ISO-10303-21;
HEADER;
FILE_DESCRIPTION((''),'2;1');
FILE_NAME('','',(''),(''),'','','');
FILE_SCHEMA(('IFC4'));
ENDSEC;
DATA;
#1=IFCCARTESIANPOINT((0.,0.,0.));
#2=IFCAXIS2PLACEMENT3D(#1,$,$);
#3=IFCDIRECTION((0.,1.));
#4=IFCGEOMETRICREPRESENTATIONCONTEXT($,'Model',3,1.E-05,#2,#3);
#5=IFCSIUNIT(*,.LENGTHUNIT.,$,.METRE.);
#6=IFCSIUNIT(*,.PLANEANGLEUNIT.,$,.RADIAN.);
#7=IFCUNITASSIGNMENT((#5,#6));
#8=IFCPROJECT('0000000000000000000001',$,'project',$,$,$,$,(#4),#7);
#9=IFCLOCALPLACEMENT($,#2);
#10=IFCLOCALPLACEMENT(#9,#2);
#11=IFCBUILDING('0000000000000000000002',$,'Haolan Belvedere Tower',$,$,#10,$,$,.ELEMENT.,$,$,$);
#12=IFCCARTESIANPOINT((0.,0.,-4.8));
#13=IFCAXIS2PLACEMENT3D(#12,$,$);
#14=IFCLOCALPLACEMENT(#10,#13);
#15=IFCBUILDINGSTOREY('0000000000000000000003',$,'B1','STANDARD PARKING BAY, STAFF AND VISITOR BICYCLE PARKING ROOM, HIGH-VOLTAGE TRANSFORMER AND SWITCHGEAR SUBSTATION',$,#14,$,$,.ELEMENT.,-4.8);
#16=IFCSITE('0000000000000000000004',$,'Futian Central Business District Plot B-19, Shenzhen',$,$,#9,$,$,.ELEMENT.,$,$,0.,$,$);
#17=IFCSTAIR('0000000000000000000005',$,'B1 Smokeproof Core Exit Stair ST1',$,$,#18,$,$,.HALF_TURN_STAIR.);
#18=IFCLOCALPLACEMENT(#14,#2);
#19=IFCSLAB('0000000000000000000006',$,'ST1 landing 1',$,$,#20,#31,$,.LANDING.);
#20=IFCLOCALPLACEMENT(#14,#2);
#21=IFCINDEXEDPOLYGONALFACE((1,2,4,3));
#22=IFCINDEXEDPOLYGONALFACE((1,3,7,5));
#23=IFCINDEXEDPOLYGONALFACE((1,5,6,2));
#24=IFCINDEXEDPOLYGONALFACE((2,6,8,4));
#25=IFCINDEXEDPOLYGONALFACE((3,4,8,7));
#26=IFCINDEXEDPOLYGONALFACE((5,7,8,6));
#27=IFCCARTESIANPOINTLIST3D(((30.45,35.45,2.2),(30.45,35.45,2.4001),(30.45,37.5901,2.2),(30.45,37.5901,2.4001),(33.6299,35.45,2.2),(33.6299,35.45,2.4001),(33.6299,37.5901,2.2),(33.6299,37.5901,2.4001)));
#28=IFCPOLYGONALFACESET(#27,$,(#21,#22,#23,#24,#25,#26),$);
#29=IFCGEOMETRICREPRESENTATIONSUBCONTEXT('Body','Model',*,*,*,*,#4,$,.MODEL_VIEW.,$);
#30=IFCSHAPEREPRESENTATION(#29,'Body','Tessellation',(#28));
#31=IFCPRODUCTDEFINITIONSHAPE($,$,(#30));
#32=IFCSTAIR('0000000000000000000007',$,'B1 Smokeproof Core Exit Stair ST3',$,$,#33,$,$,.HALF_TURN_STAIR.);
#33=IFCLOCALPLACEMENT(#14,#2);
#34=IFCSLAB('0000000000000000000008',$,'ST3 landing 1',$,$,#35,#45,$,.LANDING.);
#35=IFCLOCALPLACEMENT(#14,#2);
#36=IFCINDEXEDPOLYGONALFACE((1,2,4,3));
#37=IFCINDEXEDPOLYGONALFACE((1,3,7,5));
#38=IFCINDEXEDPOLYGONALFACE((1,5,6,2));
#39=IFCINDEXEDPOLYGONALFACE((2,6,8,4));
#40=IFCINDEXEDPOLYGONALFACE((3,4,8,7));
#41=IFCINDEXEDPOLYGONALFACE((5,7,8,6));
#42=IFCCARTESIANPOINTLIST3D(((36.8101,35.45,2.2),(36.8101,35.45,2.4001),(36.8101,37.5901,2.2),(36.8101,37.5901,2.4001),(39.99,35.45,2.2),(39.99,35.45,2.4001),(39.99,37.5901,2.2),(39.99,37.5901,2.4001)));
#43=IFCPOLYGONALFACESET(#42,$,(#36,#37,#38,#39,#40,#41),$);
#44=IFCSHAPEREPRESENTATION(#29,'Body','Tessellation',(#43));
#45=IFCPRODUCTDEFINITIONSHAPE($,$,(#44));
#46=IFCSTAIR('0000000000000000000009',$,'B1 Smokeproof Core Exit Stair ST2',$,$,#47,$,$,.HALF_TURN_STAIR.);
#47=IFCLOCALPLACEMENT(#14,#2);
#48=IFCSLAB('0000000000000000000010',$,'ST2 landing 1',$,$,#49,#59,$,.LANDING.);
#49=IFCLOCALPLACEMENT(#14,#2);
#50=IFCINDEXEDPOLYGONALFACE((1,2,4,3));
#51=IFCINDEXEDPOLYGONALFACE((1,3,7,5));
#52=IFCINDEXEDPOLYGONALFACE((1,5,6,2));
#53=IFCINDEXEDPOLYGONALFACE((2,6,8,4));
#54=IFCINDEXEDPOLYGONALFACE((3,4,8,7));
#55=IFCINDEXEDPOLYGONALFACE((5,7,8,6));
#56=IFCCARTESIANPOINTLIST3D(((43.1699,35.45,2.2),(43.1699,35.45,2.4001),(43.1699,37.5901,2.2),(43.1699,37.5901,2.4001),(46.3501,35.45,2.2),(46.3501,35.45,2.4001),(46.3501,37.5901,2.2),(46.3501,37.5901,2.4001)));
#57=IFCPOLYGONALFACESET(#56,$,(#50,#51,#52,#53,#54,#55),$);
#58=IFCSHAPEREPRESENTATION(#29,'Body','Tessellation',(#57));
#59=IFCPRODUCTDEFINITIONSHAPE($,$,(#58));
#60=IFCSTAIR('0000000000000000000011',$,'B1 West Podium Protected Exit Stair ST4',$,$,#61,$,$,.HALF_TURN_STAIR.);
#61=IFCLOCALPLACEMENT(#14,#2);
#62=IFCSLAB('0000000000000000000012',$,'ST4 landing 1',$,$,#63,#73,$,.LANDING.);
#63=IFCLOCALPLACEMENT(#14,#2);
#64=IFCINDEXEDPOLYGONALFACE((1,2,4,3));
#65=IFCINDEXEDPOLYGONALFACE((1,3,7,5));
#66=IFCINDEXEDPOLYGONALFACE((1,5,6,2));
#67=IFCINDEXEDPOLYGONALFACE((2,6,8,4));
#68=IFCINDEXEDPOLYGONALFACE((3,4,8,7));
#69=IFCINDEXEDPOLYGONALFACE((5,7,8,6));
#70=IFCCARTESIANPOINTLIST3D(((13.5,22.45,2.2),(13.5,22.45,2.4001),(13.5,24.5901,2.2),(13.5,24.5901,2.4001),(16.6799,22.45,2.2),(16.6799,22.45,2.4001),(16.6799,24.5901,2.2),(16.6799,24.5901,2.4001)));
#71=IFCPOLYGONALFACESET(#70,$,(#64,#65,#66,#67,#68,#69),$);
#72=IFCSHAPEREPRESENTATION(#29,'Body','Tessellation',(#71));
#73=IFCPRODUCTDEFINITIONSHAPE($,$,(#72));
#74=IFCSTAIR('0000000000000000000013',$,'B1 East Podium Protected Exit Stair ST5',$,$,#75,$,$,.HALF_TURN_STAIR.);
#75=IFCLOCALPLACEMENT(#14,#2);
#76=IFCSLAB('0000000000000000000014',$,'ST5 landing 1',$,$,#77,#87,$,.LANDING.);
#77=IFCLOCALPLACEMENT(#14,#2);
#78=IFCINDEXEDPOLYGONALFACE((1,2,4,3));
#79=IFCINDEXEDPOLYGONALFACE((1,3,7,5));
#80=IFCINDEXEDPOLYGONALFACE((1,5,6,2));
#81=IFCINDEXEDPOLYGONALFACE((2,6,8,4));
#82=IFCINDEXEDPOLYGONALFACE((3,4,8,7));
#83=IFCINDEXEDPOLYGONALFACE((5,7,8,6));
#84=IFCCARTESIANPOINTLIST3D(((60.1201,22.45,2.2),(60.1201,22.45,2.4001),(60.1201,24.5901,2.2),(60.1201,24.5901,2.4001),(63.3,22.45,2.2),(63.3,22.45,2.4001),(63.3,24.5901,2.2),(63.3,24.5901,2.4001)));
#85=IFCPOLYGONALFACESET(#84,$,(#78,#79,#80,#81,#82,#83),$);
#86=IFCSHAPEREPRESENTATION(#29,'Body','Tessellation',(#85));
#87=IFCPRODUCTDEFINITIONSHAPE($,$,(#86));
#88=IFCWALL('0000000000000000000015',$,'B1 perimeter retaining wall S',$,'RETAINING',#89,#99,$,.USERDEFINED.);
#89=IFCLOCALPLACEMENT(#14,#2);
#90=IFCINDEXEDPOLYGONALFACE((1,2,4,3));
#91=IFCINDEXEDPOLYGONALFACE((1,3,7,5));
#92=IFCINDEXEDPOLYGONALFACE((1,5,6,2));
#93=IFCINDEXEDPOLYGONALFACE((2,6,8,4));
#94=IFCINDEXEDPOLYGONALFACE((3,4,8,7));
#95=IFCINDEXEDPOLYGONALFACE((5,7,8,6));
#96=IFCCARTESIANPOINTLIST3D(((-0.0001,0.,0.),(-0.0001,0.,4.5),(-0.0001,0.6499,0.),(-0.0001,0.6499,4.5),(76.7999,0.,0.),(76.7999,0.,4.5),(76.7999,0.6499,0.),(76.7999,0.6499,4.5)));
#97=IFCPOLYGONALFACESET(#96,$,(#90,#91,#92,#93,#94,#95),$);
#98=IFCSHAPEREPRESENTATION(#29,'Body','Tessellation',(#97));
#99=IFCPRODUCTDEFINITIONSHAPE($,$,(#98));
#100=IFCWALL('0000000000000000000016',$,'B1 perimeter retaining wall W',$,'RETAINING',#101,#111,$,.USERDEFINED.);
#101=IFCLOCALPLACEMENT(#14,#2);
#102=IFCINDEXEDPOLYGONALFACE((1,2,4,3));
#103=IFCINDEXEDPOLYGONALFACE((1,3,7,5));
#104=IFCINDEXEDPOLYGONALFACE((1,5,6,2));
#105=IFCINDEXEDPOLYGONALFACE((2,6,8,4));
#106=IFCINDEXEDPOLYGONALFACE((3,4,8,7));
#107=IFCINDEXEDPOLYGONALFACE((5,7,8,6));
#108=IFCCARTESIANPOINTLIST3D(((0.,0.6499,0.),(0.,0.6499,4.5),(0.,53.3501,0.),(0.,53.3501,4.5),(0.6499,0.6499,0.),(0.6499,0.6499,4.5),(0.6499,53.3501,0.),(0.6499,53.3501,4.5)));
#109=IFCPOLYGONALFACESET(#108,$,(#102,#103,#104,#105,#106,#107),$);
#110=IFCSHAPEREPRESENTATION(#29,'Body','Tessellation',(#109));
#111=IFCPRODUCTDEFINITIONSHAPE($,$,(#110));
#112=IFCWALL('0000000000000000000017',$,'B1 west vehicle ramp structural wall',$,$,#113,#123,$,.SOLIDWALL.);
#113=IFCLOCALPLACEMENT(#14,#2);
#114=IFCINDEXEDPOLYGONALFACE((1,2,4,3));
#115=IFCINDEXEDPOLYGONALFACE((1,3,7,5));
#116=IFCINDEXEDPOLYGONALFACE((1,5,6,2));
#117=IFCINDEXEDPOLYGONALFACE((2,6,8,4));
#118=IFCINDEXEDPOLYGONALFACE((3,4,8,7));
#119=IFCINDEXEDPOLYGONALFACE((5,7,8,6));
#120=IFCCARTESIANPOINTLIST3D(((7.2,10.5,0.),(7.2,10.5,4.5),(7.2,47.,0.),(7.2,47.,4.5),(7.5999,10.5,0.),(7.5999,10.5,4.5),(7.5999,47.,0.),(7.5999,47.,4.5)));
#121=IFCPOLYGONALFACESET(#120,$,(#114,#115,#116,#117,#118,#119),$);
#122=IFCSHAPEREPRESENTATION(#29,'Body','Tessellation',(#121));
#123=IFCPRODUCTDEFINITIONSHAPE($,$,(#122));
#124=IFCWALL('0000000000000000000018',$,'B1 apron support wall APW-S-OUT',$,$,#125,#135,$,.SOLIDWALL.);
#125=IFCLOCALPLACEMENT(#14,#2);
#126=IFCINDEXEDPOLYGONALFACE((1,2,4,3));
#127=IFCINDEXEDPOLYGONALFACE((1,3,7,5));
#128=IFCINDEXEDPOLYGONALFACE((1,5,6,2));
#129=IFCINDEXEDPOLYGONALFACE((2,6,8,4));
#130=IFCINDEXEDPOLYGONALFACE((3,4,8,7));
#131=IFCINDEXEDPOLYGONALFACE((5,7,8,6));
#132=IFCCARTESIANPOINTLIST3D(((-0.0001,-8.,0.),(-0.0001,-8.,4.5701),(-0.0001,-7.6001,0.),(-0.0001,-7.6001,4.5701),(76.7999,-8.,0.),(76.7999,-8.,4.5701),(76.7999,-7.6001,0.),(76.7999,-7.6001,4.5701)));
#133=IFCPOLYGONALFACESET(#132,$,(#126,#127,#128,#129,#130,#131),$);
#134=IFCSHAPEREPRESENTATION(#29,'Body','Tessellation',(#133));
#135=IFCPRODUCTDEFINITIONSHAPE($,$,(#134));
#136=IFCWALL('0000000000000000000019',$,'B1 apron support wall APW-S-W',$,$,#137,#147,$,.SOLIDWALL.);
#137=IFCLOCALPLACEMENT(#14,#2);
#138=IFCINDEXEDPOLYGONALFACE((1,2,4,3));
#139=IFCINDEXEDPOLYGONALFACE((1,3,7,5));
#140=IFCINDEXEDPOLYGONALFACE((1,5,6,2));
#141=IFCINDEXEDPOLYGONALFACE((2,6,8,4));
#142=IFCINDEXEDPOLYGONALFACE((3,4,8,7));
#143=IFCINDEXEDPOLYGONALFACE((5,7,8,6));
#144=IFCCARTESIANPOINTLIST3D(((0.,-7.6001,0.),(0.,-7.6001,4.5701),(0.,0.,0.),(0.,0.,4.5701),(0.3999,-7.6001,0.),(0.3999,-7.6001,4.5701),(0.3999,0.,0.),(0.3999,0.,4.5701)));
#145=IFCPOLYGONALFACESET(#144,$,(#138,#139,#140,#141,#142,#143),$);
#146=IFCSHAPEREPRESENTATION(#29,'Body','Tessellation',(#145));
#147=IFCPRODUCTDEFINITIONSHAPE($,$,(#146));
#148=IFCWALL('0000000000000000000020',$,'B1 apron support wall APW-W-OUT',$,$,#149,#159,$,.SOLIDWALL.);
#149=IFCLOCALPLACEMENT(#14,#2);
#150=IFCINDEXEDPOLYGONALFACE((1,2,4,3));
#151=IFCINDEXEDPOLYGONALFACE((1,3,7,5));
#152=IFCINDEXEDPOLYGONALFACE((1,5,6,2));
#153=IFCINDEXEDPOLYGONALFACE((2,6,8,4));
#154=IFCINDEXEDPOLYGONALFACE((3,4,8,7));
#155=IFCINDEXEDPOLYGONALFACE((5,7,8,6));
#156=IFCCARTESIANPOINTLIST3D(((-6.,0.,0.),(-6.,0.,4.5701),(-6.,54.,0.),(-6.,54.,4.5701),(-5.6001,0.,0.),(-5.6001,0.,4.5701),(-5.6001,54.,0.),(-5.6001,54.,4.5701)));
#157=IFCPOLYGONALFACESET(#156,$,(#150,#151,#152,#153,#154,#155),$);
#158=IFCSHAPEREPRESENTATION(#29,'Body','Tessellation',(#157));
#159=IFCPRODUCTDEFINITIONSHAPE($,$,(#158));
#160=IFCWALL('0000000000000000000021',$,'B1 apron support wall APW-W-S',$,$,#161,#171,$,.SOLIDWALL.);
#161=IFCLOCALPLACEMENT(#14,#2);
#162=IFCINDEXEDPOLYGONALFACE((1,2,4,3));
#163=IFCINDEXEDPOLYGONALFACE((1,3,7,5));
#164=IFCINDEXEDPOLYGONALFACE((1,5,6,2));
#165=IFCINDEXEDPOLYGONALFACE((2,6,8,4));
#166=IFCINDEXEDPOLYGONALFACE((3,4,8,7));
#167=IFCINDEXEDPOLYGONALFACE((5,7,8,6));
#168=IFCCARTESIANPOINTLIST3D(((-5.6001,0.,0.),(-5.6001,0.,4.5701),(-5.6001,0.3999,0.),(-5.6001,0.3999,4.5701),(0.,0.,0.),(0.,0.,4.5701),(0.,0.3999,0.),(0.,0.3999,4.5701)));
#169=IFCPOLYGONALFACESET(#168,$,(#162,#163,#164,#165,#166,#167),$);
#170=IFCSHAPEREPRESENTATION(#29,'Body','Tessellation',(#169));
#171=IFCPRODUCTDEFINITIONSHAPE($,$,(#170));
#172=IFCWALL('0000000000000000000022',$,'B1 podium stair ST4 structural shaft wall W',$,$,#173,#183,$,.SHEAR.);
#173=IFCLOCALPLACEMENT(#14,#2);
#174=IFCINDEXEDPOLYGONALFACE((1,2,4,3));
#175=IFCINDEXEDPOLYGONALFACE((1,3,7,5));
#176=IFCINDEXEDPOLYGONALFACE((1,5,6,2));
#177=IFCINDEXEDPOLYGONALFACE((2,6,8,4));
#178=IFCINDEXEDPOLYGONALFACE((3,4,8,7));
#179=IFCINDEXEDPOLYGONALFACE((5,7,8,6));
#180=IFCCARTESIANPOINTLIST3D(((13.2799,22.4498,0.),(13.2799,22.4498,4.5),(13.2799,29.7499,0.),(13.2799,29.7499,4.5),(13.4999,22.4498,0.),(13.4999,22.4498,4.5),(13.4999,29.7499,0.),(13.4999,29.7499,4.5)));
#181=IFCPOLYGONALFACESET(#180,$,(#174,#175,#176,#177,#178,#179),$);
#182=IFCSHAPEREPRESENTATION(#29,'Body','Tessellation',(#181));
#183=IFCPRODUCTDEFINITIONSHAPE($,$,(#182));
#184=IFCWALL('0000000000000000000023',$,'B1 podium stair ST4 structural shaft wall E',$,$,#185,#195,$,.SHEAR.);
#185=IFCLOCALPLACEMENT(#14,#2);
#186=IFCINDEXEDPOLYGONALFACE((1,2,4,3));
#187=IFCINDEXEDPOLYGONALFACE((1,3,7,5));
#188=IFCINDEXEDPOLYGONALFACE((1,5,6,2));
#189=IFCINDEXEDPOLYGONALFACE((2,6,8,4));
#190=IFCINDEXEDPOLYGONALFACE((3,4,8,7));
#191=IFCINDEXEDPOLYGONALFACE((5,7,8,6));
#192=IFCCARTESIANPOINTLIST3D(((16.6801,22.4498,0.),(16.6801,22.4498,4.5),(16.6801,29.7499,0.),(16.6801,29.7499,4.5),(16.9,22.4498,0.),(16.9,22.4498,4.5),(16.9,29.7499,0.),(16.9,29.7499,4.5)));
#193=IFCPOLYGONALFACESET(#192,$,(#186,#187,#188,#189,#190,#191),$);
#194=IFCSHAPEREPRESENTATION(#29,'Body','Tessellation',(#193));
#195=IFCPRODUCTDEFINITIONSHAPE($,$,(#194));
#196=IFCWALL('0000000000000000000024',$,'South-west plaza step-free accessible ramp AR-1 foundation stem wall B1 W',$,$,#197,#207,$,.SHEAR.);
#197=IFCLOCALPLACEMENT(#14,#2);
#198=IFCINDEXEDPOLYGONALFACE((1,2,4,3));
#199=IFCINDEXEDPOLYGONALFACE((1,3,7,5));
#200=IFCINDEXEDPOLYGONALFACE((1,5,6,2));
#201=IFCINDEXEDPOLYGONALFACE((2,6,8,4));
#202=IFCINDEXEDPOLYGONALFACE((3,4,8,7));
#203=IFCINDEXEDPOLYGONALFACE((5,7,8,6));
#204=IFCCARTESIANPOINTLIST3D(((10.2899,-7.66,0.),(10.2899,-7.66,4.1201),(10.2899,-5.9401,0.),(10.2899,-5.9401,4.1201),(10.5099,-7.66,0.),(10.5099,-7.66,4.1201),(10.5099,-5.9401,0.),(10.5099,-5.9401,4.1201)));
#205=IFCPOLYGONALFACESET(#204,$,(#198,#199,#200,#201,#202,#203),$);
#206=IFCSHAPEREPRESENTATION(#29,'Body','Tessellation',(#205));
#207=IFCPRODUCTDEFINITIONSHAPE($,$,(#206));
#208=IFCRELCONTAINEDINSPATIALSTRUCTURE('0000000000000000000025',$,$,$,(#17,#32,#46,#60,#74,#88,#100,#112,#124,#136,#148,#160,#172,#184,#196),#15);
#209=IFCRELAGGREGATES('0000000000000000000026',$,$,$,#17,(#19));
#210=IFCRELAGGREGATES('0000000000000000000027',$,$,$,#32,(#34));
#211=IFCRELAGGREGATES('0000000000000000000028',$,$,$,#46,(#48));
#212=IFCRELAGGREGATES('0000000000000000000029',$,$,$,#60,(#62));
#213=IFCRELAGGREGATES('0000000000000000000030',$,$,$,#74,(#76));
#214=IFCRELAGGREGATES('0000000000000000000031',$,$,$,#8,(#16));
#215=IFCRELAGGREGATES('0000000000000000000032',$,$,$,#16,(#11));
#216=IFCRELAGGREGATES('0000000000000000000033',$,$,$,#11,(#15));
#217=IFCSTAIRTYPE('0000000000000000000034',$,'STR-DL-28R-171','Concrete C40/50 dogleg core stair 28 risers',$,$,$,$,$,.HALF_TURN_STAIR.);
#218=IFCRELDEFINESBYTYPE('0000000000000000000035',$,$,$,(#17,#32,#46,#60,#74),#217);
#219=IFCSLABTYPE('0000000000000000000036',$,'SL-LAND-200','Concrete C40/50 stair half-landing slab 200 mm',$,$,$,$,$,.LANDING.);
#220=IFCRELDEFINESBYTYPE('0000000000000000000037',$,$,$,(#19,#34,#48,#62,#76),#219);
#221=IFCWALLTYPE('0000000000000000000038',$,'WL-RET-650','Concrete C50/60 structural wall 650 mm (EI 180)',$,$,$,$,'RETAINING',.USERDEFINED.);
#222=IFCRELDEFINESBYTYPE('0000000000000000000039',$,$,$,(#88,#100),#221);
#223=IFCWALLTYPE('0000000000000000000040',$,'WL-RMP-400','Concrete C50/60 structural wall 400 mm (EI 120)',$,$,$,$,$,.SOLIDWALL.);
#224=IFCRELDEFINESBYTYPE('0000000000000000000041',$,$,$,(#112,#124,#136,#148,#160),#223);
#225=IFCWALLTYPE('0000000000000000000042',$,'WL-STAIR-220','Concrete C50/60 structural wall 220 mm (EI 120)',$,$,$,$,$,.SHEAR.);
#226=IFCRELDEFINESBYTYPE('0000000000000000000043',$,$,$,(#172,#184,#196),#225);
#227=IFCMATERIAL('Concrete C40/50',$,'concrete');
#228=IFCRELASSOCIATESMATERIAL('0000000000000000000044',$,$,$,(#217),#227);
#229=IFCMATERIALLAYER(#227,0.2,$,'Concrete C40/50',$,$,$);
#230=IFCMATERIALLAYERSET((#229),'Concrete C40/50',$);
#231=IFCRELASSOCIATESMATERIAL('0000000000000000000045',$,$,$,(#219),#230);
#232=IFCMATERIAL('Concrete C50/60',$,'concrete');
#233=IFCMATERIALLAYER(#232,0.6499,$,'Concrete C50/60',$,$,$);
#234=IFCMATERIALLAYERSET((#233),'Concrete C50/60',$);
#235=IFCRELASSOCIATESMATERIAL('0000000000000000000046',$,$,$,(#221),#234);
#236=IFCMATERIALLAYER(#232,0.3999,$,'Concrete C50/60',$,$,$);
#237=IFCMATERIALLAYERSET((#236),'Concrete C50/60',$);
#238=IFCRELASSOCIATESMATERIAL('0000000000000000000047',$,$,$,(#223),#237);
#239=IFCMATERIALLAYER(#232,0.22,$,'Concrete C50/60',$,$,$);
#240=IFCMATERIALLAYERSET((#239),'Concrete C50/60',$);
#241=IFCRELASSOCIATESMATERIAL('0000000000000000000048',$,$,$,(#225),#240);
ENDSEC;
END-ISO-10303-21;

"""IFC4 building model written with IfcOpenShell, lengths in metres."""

from ifc_helpers import new_model, si_unit, direction, frame, frame_2d, origin, place, context, subcontext, project, spatial, polyline, rectangle, outline, extrude, material, layer, layer_set, type_object, element, aggregate, save


model = new_model("IFC4")

# Units and contexts
model_context = context("Model", 3, precision=1e-05, world=origin(), true_north=direction((0.0, 1.0)))
body_context = subcontext(model_context, "Body", "Model", "MODEL_VIEW")
ifc_project = project(units=[si_unit("LENGTHUNIT", "METRE"), si_unit("PLANEANGLEUNIT", "RADIAN")], contexts=[model_context])

# Site, building, storey
site_placement = place(None, origin())
site = spatial("IfcSite", under=ifc_project, at=site_placement, Name="Futian Central Business District Plot B-19, Shenzhen", CompositionType="ELEMENT", RefElevation=0.0)
building_placement = place(site_placement, origin())
building = spatial("IfcBuilding", under=site, at=building_placement, Name="Haolan Belvedere Tower", CompositionType="ELEMENT")
storey_placement = place(building_placement, frame((0.0, 0.0, -4.8)))
storey = spatial("IfcBuildingStorey", under=building, at=storey_placement, Name="B1", Description="STANDARD PARKING BAY, STAFF AND VISITOR BICYCLE PARKING ROOM, HIGH-VOLTAGE TRANSFORMER AND SWITCHGEAR SUBSTATION", CompositionType="ELEMENT", Elevation=-4.8)

# Shared definitions
ifc_material_1 = material(Name="Concrete C50/60", Category="concrete")

# Stairs, slabs
ifc_material_2 = material(Name="Concrete C40/50", Category="concrete")
stair_type = type_object("IfcStairType", Name="STR-DL-28R-171", Description="Concrete C40/50 dogleg core stair 28 risers", PredefinedType="HALF_TURN_STAIR", material=ifc_material_2)
stair_1_placement = place(storey_placement, origin())
stair_1 = element("IfcStair", 1, at=stair_1_placement, inside=storey, type_object=stair_type, Name="B1 Smokeproof Core Exit Stair ST1", PredefinedType="HALF_TURN_STAIR")
ifc_layer_1 = layer(ifc_material_2, 0.2, Name="Concrete C40/50")
ifc_layer_set_1 = layer_set([ifc_layer_1], Name="Concrete C40/50")
slab_type_1 = type_object("IfcSlabType", Name="SL-LAND-200", Description="Concrete C40/50 stair half-landing slab 200 mm", PredefinedType="LANDING", material=ifc_layer_set_1)
slab_1_placement = place(storey_placement, frame((0.0, 0.0, 2.2)))
slab_1 = element("IfcSlab", 2, at=slab_1_placement, type_object=slab_type_1, Name="ST1 landing 1", PredefinedType="LANDING", context=body_context, shape_type="SweptSolid", body=[
    extrude(outline(polyline([(30.45, 37.5901), (30.45, 35.45), (33.6299, 35.45), (33.6299, 37.5901), (30.45, 37.5901)])), origin(), (0.0, 0.0, 1.0), 0.2002),
])
aggregate(stair_1, [slab_1])
stair_2_placement = place(storey_placement, origin())
stair_2 = element("IfcStair", 3, at=stair_2_placement, inside=storey, type_object=stair_type, Name="B1 Smokeproof Core Exit Stair ST3", PredefinedType="HALF_TURN_STAIR")
slab_2_placement = place(storey_placement, frame((0.0, 0.0, 2.2)))
slab_2 = element("IfcSlab", 4, at=slab_2_placement, type_object=slab_type_1, Name="ST3 landing 1", PredefinedType="LANDING", context=body_context, shape_type="SweptSolid", body=[
    extrude(outline(polyline([(36.8101, 37.5901), (36.8101, 35.45), (39.99, 35.45), (39.99, 37.5901), (36.8101, 37.5901)])), origin(), (0.0, 0.0, 1.0), 0.2002),
])
aggregate(stair_2, [slab_2])
stair_3_placement = place(storey_placement, origin())
stair_3 = element("IfcStair", 5, at=stair_3_placement, inside=storey, type_object=stair_type, Name="B1 Smokeproof Core Exit Stair ST2", PredefinedType="HALF_TURN_STAIR")
slab_3_placement = place(storey_placement, frame((0.0, 0.0, 2.2)))
slab_3 = element("IfcSlab", 6, at=slab_3_placement, type_object=slab_type_1, Name="ST2 landing 1", PredefinedType="LANDING", context=body_context, shape_type="SweptSolid", body=[
    extrude(outline(polyline([(43.1699, 37.5901), (43.1699, 35.45), (46.3501, 35.45), (46.3501, 37.5901), (43.1699, 37.5901)])), origin(), (0.0, 0.0, 1.0), 0.2002),
])
aggregate(stair_3, [slab_3])
stair_4_placement = place(storey_placement, origin())
stair_4 = element("IfcStair", 7, at=stair_4_placement, inside=storey, type_object=stair_type, Name="B1 West Podium Protected Exit Stair ST4", PredefinedType="HALF_TURN_STAIR")
slab_4_placement = place(storey_placement, frame((0.0, 0.0, 2.2)))
slab_4 = element("IfcSlab", 8, at=slab_4_placement, type_object=slab_type_1, Name="ST4 landing 1", PredefinedType="LANDING", context=body_context, shape_type="SweptSolid", body=[
    extrude(outline(polyline([(13.5, 24.5901), (13.5, 22.45), (16.6799, 22.45), (16.6799, 24.5901), (13.5, 24.5901)])), origin(), (0.0, 0.0, 1.0), 0.2002),
])
aggregate(stair_4, [slab_4])
stair_5_placement = place(storey_placement, origin())
stair_5 = element("IfcStair", 9, at=stair_5_placement, inside=storey, type_object=stair_type, Name="B1 East Podium Protected Exit Stair ST5", PredefinedType="HALF_TURN_STAIR")
slab_5_placement = place(storey_placement, frame((0.0, 0.0, 2.2)))
slab_5 = element("IfcSlab", 10, at=slab_5_placement, type_object=slab_type_1, Name="ST5 landing 1", PredefinedType="LANDING", context=body_context, shape_type="SweptSolid", body=[
    extrude(outline(polyline([(60.1201, 24.5901), (60.1201, 22.45), (63.3, 22.45), (63.3, 24.5901), (60.1201, 24.5901)])), origin(), (0.0, 0.0, 1.0), 0.2002),
])
aggregate(stair_5, [slab_5])

# Walls
ifc_layer_2 = layer(ifc_material_1, 0.6499, Name="Concrete C50/60")
ifc_layer_set_2 = layer_set([ifc_layer_2], Name="Concrete C50/60")
wall_type_1 = type_object("IfcWallType", Name="WL-RET-650", Description="Concrete C50/60 structural wall 650 mm (EI 180)", ElementType="RETAINING", PredefinedType="USERDEFINED", material=ifc_layer_set_2)
wall_1_placement = place(storey_placement, frame((0.0, 0.325, 0.0), z_axis=(0.0, 0.0, 1.0), x_axis=(1.0, 0.0, 0.0)))
element("IfcWall", 11, at=wall_1_placement, inside=storey, type_object=wall_type_1, Name="B1 perimeter retaining wall S", ObjectType="RETAINING", PredefinedType="USERDEFINED", context=body_context, shape_type="SweptSolid", body=[
    extrude(rectangle(XDim=76.8, YDim=0.6499, at=frame_2d((38.3999, 0.0))), origin(), (0.0, 0.0, 1.0), 4.5),
])
wall_2_placement = place(storey_placement, frame((0.325, 0.6499, 0.0), z_axis=(0.0, 0.0, 1.0), x_axis=(0.0, 1.0, 0.0)))
element("IfcWall", 12, at=wall_2_placement, inside=storey, type_object=wall_type_1, Name="B1 perimeter retaining wall W", ObjectType="RETAINING", PredefinedType="USERDEFINED", context=body_context, shape_type="SweptSolid", body=[
    extrude(rectangle(XDim=52.7002, YDim=0.6499, at=frame_2d((26.3501, 0.0))), origin(), (0.0, 0.0, 1.0), 4.5),
])
ifc_layer_3 = layer(ifc_material_1, 0.3999, Name="Concrete C50/60")
ifc_layer_set_3 = layer_set([ifc_layer_3], Name="Concrete C50/60")
wall_type_2 = type_object("IfcWallType", Name="WL-RMP-400", Description="Concrete C50/60 structural wall 400 mm (EI 120)", PredefinedType="SOLIDWALL", material=ifc_layer_set_3)
wall_3_placement = place(storey_placement, frame((7.3999, 10.5, 0.0), z_axis=(0.0, 0.0, 1.0), x_axis=(0.0, 1.0, 0.0)))
element("IfcWall", 13, at=wall_3_placement, inside=storey, type_object=wall_type_2, Name="B1 west vehicle ramp structural wall", PredefinedType="SOLIDWALL", context=body_context, shape_type="SweptSolid", body=[
    extrude(rectangle(XDim=36.5, YDim=0.3999, at=frame_2d((18.25, 0.0))), origin(), (0.0, 0.0, 1.0), 4.5),
])
wall_4_placement = place(storey_placement, frame((0.0, -7.8, 0.0), z_axis=(0.0, 0.0, 1.0), x_axis=(1.0, 0.0, 0.0)))
element("IfcWall", 14, at=wall_4_placement, inside=storey, type_object=wall_type_2, Name="B1 apron support wall APW-S-OUT", PredefinedType="SOLIDWALL", context=body_context, shape_type="SweptSolid", body=[
    extrude(rectangle(XDim=76.8, YDim=0.3999, at=frame_2d((38.3999, 0.0))), origin(), (0.0, 0.0, 1.0), 4.5701),
])
wall_5_placement = place(storey_placement, frame((0.2, -7.6001, 0.0), z_axis=(0.0, 0.0, 1.0), x_axis=(0.0, 1.0, 0.0)))
element("IfcWall", 15, at=wall_5_placement, inside=storey, type_object=wall_type_2, Name="B1 apron support wall APW-S-W", PredefinedType="SOLIDWALL", context=body_context, shape_type="SweptSolid", body=[
    extrude(rectangle(XDim=7.6001, YDim=0.3999, at=frame_2d((3.8, 0.0))), origin(), (0.0, 0.0, 1.0), 4.5701),
])
wall_6_placement = place(storey_placement, frame((-5.8, 0.0, 0.0), z_axis=(0.0, 0.0, 1.0), x_axis=(0.0, 1.0, 0.0)))
element("IfcWall", 16, at=wall_6_placement, inside=storey, type_object=wall_type_2, Name="B1 apron support wall APW-W-OUT", PredefinedType="SOLIDWALL", context=body_context, shape_type="SweptSolid", body=[
    extrude(rectangle(XDim=54.0, YDim=0.3999, at=frame_2d((27.0, 0.0))), origin(), (0.0, 0.0, 1.0), 4.5701),
])
wall_7_placement = place(storey_placement, frame((-5.6001, 0.2, 0.0), z_axis=(0.0, 0.0, 1.0), x_axis=(1.0, 0.0, 0.0)))
element("IfcWall", 17, at=wall_7_placement, inside=storey, type_object=wall_type_2, Name="B1 apron support wall APW-W-S", PredefinedType="SOLIDWALL", context=body_context, shape_type="SweptSolid", body=[
    extrude(rectangle(XDim=5.6001, YDim=0.3999, at=frame_2d((2.8, 0.0))), origin(), (0.0, 0.0, 1.0), 4.5701),
])
ifc_layer_4 = layer(ifc_material_1, 0.22, Name="Concrete C50/60")
ifc_layer_set_4 = layer_set([ifc_layer_4], Name="Concrete C50/60")
wall_type_3 = type_object("IfcWallType", Name="WL-STAIR-220", Description="Concrete C50/60 structural wall 220 mm (EI 120)", PredefinedType="SHEAR", material=ifc_layer_set_4)
for number, where, z_axis, x_axis, name in (
    (18, (13.3899, 22.45, 0.0), (0.0, 0.0, 1.0), (0.0, 1.0, 0.0), "B1 podium stair ST4 structural shaft wall W"),
    (19, (16.79, 22.45, 0.0), (0.0, 0.0, 1.0), (0.0, 1.0, 0.0), "B1 podium stair ST4 structural shaft wall E"),
):
    element("IfcWall", number, at=place(storey_placement, frame(where, z_axis=z_axis, x_axis=x_axis)), inside=storey, type_object=wall_type_3, Name=name, PredefinedType="SHEAR", context=body_context, shape_type="SweptSolid", body=[
        extrude(rectangle(XDim=7.3, YDim=0.22, at=frame_2d((3.6499, 0.0))), origin(), (0.0, 0.0, 1.0), 4.5),
    ])
wall_8_placement = place(storey_placement, frame((10.3999, -7.6599, 0.0), z_axis=(0.0, 0.0, 1.0), x_axis=(0.0, 1.0, 0.0)))
element("IfcWall", 20, at=wall_8_placement, inside=storey, type_object=wall_type_3, Name="South-west plaza step-free accessible ramp AR-1 foundation stem wall B1 W", PredefinedType="SHEAR", context=body_context, shape_type="SweptSolid", body=[
    extrude(rectangle(XDim=1.72, YDim=0.22, at=frame_2d((0.8599, 0.0))), origin(), (0.0, 0.0, 1.0), 4.1201),
])

save(model, "model.ifc")
